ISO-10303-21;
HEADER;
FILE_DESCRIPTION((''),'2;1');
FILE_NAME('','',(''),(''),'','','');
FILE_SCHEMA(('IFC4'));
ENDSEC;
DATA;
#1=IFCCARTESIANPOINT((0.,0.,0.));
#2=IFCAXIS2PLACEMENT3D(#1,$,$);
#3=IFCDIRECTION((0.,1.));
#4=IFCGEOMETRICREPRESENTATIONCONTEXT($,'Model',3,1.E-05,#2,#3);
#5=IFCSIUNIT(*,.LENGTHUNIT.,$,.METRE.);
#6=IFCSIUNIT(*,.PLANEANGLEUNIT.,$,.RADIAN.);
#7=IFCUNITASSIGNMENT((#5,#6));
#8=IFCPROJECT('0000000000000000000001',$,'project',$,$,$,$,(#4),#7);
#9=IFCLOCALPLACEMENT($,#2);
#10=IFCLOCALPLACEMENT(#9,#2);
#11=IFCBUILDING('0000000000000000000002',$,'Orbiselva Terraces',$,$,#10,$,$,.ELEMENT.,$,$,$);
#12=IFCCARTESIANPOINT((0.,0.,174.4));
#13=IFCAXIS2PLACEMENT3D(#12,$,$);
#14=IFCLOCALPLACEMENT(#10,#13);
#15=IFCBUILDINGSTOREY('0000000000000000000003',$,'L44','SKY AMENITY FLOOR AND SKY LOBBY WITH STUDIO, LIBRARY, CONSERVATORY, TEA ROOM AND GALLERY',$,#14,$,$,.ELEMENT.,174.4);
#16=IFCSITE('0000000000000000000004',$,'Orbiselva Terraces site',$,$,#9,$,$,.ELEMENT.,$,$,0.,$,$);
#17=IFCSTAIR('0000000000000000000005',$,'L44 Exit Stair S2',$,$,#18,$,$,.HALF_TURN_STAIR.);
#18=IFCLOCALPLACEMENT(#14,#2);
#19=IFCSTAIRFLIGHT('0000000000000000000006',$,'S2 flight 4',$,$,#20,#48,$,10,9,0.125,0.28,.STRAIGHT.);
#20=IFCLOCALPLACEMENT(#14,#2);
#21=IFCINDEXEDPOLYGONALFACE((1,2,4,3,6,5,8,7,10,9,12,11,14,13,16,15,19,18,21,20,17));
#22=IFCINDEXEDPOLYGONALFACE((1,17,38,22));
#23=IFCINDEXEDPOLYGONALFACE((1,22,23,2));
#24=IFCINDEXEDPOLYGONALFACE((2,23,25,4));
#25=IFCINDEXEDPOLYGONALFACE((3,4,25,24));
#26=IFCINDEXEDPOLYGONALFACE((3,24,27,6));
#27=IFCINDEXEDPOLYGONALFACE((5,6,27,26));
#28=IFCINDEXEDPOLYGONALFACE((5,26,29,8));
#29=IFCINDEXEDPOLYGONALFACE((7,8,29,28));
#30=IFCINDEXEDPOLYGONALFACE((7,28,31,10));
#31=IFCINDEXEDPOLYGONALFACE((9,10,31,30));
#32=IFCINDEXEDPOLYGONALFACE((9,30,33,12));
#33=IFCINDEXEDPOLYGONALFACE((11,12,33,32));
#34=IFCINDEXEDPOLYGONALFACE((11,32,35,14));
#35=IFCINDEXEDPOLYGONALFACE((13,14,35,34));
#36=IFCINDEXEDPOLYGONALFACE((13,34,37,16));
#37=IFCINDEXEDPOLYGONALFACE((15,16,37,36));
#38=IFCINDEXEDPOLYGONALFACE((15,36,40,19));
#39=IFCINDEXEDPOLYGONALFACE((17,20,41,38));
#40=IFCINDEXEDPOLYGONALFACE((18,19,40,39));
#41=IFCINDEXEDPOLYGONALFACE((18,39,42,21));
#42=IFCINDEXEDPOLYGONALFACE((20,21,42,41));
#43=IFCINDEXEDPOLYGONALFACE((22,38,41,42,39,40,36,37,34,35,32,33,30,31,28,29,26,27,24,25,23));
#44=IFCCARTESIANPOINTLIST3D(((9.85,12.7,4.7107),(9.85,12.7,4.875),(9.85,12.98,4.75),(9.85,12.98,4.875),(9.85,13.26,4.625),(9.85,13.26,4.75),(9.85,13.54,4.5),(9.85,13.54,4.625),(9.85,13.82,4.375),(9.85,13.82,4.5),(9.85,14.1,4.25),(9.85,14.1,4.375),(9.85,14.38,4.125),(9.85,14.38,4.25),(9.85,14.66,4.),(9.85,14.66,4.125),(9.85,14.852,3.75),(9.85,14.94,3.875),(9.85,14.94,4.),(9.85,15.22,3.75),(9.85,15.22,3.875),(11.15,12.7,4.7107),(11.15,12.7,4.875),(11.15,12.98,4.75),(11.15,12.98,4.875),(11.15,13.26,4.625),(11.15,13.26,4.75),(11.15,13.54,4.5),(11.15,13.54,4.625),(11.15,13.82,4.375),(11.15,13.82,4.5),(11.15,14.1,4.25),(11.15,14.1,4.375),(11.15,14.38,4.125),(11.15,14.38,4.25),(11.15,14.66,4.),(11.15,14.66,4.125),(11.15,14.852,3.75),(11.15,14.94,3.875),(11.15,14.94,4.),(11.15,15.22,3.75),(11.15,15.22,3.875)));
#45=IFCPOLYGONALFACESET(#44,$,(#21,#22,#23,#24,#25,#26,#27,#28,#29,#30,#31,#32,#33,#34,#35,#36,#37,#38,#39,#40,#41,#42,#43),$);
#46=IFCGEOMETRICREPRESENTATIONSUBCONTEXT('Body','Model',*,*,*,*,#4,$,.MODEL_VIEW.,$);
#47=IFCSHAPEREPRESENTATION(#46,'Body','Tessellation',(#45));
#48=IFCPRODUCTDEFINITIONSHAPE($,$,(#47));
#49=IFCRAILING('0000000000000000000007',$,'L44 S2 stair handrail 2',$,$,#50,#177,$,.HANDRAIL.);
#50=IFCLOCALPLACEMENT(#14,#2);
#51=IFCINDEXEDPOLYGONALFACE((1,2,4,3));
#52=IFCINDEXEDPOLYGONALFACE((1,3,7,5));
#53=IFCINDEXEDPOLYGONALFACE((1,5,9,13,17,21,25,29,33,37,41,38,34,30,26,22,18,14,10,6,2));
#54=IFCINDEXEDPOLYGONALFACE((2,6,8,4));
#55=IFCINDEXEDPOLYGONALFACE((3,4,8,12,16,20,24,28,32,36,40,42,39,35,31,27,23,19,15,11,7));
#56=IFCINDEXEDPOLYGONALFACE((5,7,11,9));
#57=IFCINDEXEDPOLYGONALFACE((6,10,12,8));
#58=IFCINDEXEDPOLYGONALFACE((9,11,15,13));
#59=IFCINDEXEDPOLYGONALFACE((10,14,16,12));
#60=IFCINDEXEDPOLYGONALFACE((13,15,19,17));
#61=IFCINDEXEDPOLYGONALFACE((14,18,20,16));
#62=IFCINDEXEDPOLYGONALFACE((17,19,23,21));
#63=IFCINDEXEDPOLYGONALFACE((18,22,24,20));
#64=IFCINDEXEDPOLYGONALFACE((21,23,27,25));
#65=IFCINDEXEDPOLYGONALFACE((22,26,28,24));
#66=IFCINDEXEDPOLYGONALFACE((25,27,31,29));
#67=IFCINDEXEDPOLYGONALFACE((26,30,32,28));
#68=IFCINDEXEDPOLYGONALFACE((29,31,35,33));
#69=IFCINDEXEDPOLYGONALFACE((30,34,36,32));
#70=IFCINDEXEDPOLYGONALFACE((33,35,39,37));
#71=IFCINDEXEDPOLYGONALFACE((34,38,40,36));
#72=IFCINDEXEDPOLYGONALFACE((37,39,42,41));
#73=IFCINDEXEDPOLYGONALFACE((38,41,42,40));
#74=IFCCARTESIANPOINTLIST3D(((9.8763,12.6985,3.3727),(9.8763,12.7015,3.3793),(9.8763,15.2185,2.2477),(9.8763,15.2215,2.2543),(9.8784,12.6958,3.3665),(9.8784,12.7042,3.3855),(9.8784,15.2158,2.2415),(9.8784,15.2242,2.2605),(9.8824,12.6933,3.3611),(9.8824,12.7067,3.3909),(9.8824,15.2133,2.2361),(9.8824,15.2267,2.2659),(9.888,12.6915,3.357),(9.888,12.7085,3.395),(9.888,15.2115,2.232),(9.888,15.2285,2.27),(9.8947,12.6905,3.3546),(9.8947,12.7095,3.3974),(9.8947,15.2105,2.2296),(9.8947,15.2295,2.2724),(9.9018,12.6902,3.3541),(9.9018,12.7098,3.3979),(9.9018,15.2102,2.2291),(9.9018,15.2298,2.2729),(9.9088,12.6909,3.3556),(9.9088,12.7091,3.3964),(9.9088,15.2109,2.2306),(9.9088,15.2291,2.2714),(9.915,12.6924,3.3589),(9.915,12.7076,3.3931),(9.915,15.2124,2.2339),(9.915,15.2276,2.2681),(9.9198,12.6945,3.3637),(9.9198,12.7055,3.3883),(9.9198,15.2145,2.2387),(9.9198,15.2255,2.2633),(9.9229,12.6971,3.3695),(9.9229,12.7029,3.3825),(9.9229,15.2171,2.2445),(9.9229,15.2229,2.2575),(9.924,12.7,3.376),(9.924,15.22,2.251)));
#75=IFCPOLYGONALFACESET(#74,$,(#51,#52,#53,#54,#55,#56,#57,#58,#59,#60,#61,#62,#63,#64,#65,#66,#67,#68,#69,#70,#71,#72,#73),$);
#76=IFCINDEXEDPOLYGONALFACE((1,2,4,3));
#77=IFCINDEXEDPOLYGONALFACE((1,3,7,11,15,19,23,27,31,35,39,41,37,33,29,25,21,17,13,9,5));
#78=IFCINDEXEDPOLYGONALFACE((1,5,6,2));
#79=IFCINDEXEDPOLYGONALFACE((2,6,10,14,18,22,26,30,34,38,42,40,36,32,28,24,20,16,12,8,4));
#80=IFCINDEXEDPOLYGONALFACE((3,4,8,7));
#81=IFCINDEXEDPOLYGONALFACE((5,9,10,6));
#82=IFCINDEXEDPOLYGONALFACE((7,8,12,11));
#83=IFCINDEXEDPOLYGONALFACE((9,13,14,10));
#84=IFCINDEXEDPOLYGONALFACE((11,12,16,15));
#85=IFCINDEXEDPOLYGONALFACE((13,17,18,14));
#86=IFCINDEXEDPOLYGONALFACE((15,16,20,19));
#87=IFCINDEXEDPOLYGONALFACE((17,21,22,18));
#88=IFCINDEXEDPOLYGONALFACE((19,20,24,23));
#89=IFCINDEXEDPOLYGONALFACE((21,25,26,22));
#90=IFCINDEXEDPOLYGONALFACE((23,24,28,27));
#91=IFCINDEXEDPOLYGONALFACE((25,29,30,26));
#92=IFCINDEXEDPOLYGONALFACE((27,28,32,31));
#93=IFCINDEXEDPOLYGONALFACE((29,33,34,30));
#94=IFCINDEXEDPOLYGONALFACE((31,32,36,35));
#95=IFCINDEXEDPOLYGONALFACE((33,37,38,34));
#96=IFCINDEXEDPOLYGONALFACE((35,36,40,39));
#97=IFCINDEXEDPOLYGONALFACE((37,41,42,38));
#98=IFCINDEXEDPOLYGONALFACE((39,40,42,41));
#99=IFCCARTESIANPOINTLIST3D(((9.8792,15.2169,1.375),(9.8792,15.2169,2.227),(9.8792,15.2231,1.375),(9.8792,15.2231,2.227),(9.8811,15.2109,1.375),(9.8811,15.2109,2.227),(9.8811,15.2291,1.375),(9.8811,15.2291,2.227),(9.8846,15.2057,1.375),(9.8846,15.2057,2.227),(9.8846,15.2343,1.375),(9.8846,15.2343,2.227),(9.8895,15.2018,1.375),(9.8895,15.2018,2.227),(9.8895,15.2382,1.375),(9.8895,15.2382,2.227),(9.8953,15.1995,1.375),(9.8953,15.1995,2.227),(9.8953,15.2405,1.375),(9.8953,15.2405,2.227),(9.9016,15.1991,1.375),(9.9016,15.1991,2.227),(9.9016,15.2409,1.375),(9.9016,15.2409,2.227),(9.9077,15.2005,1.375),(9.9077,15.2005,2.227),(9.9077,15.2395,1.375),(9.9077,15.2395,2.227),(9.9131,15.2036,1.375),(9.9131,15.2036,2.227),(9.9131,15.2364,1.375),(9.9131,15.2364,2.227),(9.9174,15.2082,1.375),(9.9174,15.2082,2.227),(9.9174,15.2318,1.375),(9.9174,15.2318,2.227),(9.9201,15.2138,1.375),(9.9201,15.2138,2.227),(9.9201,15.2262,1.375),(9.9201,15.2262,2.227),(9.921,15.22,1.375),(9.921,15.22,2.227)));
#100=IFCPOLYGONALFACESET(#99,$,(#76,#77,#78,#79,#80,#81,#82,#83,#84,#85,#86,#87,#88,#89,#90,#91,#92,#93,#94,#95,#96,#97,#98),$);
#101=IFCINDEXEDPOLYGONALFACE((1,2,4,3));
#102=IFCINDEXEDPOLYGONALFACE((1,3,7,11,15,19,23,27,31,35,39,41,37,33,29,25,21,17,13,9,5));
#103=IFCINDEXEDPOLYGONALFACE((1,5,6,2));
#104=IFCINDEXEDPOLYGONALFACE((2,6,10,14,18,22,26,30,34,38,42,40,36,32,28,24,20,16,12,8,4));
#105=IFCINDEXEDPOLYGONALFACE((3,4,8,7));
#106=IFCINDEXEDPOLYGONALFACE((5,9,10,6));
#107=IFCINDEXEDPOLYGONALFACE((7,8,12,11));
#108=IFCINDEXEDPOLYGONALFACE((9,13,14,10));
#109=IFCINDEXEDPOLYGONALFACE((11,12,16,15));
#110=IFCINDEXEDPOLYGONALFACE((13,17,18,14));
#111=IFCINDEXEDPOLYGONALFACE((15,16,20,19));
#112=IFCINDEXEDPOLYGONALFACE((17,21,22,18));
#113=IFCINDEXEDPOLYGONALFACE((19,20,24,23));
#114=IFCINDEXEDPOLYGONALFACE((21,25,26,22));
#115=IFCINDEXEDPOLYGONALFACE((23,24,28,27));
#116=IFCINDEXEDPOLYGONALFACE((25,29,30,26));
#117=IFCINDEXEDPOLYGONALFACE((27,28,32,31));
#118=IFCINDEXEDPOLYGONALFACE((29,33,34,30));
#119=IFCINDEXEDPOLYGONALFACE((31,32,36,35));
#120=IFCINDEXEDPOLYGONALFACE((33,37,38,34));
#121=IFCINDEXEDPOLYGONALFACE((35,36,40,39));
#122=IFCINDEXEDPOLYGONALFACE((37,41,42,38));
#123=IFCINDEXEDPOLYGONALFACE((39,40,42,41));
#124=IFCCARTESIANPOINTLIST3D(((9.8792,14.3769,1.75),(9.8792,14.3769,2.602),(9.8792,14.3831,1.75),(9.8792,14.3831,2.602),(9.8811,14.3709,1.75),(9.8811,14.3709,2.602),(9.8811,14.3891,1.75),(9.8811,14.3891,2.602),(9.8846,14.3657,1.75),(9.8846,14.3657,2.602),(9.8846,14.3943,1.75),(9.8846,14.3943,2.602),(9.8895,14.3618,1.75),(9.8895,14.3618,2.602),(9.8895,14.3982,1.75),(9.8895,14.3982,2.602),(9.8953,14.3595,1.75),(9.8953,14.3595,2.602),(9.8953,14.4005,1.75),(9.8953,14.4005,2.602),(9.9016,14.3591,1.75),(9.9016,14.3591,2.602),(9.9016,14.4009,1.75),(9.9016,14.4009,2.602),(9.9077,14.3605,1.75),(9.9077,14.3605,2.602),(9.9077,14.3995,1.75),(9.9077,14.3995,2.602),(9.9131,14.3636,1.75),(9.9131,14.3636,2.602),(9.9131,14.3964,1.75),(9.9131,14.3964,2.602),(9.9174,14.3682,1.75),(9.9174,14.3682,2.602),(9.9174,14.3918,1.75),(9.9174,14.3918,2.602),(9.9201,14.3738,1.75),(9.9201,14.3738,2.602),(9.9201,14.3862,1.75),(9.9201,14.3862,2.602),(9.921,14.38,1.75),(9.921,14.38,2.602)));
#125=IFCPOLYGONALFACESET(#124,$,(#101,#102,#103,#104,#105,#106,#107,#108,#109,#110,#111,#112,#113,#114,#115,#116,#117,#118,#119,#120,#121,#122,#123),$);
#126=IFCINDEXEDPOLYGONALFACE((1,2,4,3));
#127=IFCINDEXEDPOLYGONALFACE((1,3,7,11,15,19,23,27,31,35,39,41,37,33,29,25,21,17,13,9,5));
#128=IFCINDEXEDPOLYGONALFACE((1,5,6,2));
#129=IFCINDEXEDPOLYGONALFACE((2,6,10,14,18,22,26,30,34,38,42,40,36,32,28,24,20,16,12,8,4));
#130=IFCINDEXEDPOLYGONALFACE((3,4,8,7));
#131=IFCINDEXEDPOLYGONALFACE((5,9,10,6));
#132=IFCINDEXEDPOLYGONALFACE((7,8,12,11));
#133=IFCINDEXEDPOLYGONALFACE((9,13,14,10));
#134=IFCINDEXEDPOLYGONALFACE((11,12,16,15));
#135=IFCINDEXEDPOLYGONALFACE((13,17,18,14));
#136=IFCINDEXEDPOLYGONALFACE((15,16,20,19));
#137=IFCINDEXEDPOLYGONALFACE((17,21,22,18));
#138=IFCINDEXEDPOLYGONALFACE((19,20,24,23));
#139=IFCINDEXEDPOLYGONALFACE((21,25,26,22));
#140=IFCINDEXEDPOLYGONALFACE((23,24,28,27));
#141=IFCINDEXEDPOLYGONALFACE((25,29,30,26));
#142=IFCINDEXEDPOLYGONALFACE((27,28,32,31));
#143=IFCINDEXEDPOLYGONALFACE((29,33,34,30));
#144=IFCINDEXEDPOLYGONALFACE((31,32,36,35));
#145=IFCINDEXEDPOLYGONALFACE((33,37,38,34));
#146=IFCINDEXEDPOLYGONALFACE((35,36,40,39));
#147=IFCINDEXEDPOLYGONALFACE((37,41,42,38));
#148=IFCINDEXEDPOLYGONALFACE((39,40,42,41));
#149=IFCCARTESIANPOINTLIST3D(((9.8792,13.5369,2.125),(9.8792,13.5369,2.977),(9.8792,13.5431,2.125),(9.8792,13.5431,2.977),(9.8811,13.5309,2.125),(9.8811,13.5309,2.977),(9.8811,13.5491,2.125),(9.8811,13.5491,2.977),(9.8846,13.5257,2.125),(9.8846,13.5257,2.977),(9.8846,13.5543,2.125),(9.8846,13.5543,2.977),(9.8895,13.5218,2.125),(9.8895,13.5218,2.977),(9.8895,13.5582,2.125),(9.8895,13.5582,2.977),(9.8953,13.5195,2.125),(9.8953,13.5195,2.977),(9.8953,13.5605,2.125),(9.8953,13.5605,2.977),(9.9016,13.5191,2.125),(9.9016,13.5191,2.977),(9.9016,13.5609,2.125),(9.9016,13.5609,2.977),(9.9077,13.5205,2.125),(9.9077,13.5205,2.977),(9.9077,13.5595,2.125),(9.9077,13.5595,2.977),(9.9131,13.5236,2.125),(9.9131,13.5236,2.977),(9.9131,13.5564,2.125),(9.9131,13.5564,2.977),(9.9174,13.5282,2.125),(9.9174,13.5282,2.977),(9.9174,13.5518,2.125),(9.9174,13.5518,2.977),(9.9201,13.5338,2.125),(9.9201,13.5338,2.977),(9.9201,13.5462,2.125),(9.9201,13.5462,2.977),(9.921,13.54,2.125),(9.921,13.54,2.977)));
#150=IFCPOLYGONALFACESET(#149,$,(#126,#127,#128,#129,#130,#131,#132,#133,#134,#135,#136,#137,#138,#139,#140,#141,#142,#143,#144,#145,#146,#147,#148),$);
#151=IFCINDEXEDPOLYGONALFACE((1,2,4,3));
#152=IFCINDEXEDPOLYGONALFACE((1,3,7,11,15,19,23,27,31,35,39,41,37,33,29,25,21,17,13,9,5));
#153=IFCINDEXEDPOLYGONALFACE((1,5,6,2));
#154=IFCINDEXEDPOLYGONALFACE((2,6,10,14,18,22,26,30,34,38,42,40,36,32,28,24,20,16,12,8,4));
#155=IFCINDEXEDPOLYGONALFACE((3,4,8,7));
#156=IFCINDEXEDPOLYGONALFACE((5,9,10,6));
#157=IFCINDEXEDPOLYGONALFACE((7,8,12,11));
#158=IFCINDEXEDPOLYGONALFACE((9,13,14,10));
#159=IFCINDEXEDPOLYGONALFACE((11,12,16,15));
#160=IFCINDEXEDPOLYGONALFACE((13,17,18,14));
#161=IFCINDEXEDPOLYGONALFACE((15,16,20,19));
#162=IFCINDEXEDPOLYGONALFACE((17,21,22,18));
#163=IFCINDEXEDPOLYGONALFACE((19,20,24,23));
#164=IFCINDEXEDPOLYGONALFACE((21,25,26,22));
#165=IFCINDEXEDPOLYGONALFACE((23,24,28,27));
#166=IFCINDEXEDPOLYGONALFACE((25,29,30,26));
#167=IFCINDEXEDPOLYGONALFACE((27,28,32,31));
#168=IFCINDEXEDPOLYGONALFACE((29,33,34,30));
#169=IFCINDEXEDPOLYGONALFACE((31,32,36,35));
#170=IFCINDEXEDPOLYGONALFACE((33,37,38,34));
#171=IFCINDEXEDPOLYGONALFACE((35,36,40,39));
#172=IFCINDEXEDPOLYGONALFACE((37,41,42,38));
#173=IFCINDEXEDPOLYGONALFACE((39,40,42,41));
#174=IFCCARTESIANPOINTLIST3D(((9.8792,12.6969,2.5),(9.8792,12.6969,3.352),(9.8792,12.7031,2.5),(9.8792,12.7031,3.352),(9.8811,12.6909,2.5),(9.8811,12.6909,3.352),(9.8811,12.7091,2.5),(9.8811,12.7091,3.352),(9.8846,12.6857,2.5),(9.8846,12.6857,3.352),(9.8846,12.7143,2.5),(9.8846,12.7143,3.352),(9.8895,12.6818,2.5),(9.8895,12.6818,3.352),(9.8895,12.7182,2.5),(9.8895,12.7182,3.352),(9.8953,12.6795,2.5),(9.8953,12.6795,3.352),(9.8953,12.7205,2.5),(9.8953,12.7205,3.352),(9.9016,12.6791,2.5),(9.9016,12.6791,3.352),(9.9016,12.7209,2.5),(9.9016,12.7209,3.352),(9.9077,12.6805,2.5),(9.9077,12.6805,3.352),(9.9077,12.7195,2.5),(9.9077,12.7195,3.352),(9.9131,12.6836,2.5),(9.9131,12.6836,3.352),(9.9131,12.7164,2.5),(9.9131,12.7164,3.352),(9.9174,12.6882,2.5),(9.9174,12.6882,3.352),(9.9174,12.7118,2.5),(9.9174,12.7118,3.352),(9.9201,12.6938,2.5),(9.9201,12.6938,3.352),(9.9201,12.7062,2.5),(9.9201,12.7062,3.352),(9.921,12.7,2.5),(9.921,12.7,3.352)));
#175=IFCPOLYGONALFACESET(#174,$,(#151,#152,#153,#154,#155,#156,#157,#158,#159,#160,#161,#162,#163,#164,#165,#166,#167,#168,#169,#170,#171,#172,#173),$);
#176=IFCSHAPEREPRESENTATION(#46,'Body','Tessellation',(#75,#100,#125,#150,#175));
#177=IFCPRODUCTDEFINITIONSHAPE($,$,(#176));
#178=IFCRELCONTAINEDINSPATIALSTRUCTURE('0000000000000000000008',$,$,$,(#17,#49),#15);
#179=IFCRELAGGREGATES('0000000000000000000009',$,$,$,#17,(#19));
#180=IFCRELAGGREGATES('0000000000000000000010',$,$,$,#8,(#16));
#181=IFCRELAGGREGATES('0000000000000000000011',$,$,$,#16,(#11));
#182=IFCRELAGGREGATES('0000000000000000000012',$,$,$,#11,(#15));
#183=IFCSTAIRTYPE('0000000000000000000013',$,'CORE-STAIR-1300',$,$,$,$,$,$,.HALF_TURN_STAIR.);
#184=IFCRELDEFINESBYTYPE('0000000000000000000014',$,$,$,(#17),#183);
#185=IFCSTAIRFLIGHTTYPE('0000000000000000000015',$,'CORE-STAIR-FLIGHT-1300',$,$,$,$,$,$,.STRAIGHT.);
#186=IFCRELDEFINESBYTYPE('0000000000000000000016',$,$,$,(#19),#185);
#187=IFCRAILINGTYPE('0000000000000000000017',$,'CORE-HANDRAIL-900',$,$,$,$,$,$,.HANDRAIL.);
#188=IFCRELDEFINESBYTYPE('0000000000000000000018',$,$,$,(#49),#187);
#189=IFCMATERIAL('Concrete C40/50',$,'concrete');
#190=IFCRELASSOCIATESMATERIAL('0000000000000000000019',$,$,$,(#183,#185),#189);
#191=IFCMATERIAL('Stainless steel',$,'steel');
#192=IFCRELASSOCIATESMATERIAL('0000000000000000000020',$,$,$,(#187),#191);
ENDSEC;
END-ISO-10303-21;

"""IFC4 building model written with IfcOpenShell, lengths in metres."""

from ifc_helpers import new_model, si_unit, direction, frame, origin, origin_2d, place, context, subcontext, project, spatial, polyline, circle, outline, extrude, material, type_object, element, aggregate, save


model = new_model("IFC4")

# Units and contexts
model_context = context("Model", 3, precision=1e-05, world=origin(), true_north=direction((0.0, 1.0)))
body_context = subcontext(model_context, "Body", "Model", "MODEL_VIEW")
ifc_project = project(units=[si_unit("LENGTHUNIT", "METRE"), si_unit("PLANEANGLEUNIT", "RADIAN")], contexts=[model_context])

# Site, building, storey
site_placement = place(None, origin())
site = spatial("IfcSite", under=ifc_project, at=site_placement, Name="Orbiselva Terraces site", CompositionType="ELEMENT", RefElevation=0.0)
building_placement = place(site_placement, origin())
building = spatial("IfcBuilding", under=site, at=building_placement, Name="Orbiselva Terraces", CompositionType="ELEMENT")
storey_placement = place(building_placement, frame((0.0, 0.0, 174.4)))
storey = spatial("IfcBuildingStorey", under=building, at=storey_placement, Name="L44", Description="SKY AMENITY FLOOR AND SKY LOBBY WITH STUDIO, LIBRARY, CONSERVATORY, TEA ROOM AND GALLERY", CompositionType="ELEMENT", Elevation=174.4)

# Shared definitions
ifc_material_1 = material(Name="Concrete C40/50", Category="concrete")

# Stair, stair flight
stair_type = type_object("IfcStairType", Name="CORE-STAIR-1300", PredefinedType="HALF_TURN_STAIR", material=ifc_material_1)
stair_placement = place(storey_placement, origin())
stair = element("IfcStair", 1, at=stair_placement, inside=storey, type_object=stair_type, Name="L44 Exit Stair S2", PredefinedType="HALF_TURN_STAIR")
stair_flight_type = type_object("IfcStairFlightType", Name="CORE-STAIR-FLIGHT-1300", PredefinedType="STRAIGHT", material=ifc_material_1)
stair_flight_1_placement = place(storey_placement, frame((10.5, 15.22, 3.75), z_axis=(0.0, 0.0, 1.0), x_axis=(0.0, -1.0, 0.0)))
stair_flight_1 = element("IfcStairFlight", 2, at=stair_flight_1_placement, type_object=stair_flight_type, Name="S2 flight 4", NumberOfRisers=10, NumberOfTreads=9, PredefinedType="STRAIGHT", RiserHeight=0.125, TreadLength=0.28, context=body_context, shape_type="SweptSolid", body=[
    extrude(outline(polyline([(0.0, 0.0), (0.0, 0.125), (0.28, 0.125), (0.28, 0.25), (0.56, 0.25), (0.56, 0.375), (0.84, 0.375), (0.84, 0.5), (1.12, 0.5), (1.12, 0.625), (1.4, 0.625), (1.4, 0.75), (1.68, 0.75), (1.68, 0.875), (1.96, 0.875), (1.96, 1.0), (2.24, 1.0), (2.24, 1.125), (2.52, 1.125), (2.52, 1.25), (2.52, 0.9607), (0.368, 0.0), (0.0, 0.0)])), frame((0.0, 0.65, 0.0), z_axis=(0.0, -1.0, 0.0), x_axis=(1.0, 0.0, 0.0)), (0.0, 0.0, 1.0), 1.3),
])
aggregate(stair, [stair_flight_1])

# Railing
ifc_material_2 = material(Name="Stainless steel", Category="steel")
railing_type_1 = type_object("IfcRailingType", Name="CORE-HANDRAIL-900", PredefinedType="HANDRAIL", material=ifc_material_2)
for number, where, name in (
    (3, (9.9, 15.22, 1.375), "L44 S2 stair handrail 2"),
):
    element("IfcRailing", number, at=place(storey_placement, frame(where)), inside=storey, type_object=railing_type_1, Name=name, PredefinedType="HANDRAIL", context=body_context, shape_type="SweptSolid", body=[
        extrude(circle(Radius=0.024, at=origin_2d()), frame((0.0, 0.0, 0.876), z_axis=(0.0, -0.913138, 0.407651), x_axis=(1.0, 0.0, 0.0)), (0.0, 0.0, 1.0), 2.7597),
        extrude(circle(Radius=0.021, at=origin_2d()), origin(), (0.0, 0.0, 1.0), 0.852),
        extrude(circle(Radius=0.021, at=origin_2d()), frame((0.0, -0.84, 0.375)), (0.0, 0.0, 1.0), 0.852),
        extrude(circle(Radius=0.021, at=origin_2d()), frame((0.0, -1.68, 0.75)), (0.0, 0.0, 1.0), 0.852),
        extrude(circle(Radius=0.021, at=origin_2d()), frame((0.0, -2.52, 1.125)), (0.0, 0.0, 1.0), 0.852),
    ])

save(model, "model.ifc")
